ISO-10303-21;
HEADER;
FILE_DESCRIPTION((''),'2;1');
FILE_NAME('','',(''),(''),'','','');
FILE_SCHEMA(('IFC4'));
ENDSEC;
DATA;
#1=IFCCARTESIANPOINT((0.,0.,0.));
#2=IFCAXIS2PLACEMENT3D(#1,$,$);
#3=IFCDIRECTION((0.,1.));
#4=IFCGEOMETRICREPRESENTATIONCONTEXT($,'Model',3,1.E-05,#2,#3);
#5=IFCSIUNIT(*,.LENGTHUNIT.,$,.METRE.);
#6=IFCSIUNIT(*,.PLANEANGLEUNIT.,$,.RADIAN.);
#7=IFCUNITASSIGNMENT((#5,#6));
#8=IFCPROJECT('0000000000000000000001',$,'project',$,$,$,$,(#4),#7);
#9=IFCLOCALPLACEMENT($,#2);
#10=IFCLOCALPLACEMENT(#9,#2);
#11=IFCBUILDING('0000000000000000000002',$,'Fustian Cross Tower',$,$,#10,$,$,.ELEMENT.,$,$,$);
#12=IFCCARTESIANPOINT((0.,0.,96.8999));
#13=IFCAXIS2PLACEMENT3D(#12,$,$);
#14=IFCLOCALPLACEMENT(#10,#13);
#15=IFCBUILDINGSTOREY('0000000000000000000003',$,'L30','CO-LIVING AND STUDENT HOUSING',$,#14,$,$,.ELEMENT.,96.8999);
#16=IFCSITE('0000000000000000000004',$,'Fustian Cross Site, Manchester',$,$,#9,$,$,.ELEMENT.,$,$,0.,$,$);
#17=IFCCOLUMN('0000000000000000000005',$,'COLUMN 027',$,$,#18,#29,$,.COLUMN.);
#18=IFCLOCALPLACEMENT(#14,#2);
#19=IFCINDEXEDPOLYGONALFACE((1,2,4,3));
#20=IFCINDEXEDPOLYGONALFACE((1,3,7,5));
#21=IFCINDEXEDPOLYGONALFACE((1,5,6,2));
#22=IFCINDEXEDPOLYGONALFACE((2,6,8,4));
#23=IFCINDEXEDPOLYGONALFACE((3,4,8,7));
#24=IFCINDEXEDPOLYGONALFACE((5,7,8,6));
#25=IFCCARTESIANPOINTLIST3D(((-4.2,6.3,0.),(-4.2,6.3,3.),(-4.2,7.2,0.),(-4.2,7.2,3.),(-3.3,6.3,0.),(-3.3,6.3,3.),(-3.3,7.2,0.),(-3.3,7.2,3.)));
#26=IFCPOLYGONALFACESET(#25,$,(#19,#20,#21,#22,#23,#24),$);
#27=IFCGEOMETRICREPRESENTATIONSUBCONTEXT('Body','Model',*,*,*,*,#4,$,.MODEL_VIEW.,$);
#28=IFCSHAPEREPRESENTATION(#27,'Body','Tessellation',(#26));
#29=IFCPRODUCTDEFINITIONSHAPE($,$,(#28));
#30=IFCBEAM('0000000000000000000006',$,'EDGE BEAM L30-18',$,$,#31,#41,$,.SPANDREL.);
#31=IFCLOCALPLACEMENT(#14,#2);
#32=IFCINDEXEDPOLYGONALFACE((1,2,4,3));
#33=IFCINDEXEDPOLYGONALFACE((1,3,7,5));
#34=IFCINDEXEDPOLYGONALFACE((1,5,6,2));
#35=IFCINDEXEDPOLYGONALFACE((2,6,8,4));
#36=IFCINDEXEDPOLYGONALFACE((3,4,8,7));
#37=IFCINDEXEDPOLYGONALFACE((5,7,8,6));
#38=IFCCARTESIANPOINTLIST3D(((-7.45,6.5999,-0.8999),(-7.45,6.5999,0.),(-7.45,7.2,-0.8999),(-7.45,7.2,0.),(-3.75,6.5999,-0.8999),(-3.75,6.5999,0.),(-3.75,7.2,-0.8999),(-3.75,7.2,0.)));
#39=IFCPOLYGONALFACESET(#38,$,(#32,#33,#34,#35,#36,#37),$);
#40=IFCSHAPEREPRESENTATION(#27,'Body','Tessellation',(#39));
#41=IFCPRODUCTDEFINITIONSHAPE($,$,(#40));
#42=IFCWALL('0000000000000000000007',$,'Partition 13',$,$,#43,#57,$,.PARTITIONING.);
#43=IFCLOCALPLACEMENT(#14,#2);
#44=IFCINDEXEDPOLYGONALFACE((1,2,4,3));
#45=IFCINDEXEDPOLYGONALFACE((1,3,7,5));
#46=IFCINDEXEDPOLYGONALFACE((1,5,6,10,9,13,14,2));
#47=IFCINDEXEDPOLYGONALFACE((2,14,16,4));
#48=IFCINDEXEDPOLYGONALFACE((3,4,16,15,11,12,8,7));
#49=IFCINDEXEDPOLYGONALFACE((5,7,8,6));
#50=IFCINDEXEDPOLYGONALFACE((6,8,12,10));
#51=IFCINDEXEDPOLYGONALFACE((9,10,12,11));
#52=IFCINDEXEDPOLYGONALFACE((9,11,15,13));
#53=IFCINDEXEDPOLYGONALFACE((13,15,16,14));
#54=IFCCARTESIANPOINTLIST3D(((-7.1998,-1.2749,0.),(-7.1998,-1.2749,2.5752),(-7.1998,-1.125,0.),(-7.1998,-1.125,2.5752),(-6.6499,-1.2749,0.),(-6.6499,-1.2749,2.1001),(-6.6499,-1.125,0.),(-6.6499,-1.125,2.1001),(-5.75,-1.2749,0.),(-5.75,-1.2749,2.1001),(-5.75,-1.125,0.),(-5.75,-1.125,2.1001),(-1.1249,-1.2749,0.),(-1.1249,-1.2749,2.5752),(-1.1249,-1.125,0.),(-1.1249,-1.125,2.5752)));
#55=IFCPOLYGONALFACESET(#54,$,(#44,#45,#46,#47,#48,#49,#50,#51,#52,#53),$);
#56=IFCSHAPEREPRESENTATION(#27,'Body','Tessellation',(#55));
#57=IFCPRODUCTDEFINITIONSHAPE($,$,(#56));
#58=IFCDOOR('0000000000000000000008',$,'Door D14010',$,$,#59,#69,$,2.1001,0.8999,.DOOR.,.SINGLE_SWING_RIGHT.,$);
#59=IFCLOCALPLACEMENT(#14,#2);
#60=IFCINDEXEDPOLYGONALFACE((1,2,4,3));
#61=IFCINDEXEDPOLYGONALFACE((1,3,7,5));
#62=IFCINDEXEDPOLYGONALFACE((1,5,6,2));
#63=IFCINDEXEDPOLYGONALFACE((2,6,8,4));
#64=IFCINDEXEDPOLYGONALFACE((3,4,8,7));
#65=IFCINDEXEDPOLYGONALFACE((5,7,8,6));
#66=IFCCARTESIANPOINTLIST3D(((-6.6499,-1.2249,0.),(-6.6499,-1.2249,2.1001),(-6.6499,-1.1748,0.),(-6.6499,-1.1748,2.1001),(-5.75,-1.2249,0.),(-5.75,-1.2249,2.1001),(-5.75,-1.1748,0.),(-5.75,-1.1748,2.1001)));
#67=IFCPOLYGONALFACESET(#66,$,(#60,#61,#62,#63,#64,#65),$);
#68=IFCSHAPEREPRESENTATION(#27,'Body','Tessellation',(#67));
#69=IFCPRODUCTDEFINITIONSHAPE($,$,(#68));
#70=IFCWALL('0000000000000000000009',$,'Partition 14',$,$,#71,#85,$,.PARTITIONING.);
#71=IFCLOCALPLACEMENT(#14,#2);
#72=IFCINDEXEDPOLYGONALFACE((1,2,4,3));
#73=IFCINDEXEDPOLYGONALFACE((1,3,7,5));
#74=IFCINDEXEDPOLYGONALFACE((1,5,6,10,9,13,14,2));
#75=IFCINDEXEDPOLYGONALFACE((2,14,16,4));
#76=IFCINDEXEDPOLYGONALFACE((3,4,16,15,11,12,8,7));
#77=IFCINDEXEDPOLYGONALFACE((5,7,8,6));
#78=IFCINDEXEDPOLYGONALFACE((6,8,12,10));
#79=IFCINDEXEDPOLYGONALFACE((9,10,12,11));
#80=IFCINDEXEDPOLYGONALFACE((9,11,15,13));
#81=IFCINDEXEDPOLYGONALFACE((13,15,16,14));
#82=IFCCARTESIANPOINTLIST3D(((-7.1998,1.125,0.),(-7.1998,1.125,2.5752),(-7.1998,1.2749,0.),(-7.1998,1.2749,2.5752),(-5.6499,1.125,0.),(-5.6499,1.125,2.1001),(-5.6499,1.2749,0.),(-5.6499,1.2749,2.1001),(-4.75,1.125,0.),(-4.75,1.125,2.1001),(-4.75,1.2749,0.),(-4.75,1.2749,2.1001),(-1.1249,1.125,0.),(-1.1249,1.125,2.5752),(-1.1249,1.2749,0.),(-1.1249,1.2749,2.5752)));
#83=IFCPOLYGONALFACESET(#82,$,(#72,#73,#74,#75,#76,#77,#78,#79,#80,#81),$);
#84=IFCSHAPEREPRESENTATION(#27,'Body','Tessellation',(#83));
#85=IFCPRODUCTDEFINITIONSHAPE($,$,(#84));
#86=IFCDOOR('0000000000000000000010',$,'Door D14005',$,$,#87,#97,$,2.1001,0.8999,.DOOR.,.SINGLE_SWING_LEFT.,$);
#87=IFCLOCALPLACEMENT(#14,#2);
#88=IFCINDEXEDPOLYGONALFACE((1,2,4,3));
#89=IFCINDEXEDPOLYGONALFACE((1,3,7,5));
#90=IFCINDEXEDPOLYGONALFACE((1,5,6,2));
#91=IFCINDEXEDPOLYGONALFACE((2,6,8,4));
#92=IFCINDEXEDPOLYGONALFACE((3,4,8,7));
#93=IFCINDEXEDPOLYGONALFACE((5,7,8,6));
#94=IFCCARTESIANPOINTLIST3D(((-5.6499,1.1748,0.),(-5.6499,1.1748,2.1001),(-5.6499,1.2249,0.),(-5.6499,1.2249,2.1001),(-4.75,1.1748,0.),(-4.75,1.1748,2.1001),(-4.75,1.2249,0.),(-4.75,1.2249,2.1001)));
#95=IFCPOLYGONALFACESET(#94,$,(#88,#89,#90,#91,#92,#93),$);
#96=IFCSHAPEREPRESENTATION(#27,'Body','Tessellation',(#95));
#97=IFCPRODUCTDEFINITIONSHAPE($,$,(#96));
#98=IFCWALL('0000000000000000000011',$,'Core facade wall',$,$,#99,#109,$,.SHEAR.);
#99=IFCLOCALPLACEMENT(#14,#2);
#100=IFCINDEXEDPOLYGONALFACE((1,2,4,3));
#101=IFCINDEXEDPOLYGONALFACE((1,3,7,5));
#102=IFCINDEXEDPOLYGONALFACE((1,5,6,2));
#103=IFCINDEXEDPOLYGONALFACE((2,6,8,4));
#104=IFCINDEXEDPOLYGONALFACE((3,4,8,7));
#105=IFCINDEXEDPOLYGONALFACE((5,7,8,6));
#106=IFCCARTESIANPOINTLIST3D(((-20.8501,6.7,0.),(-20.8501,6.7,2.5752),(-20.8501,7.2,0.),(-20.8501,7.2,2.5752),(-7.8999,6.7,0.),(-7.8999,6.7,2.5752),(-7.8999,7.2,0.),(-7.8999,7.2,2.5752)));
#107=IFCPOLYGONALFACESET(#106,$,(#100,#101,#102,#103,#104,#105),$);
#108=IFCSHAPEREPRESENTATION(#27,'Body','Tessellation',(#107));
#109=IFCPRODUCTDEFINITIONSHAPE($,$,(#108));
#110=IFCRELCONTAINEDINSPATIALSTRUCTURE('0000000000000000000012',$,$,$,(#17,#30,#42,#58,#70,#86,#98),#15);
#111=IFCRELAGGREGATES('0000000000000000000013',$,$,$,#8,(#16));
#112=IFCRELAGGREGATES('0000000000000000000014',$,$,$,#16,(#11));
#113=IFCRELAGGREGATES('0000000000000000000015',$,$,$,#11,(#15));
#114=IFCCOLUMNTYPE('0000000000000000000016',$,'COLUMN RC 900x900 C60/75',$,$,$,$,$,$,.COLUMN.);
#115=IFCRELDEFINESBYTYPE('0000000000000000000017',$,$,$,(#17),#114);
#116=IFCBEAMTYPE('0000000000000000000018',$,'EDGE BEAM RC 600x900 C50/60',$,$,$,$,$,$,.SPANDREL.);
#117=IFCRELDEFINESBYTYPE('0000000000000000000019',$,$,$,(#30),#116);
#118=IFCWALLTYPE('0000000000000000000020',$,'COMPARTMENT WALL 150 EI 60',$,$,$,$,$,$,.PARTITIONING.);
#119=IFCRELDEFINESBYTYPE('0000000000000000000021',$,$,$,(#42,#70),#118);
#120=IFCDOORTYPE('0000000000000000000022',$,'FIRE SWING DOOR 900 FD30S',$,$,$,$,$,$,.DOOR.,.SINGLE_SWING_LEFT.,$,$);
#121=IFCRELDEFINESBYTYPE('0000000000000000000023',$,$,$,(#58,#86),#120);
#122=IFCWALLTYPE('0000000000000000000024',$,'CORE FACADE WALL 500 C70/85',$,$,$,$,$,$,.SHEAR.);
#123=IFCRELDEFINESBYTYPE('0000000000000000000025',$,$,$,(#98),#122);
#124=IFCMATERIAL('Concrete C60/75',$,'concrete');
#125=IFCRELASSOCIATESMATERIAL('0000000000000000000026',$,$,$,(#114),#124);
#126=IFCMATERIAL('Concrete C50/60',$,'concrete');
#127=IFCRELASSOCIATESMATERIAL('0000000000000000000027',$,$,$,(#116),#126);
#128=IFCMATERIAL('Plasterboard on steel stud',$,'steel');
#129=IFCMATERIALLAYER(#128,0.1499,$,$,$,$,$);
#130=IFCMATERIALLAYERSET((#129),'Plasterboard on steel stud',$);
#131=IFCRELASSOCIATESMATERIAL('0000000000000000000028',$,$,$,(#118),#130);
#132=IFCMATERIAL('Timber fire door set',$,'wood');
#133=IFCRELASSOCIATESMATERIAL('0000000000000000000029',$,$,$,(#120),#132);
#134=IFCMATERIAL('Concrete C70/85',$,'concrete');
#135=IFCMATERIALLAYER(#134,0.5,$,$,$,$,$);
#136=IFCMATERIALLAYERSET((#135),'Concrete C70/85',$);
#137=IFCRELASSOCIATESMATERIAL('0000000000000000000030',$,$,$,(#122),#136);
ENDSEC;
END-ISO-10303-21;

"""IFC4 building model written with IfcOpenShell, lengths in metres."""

from ifc_helpers import new_model, si_unit, direction, frame, frame_2d, origin, origin_2d, place, context, subcontext, project, spatial, rectangle, extrude, material, layer, layer_set, material_profile, profile_set, type_object, element, fill, save


model = new_model("IFC4")

# Units and contexts
model_context = context("Model", 3, precision=1e-05, world=origin(), true_north=direction((0.0, 1.0)))
body_context = subcontext(model_context, "Body", "Model", "MODEL_VIEW")
ifc_project = project(units=[si_unit("LENGTHUNIT", "METRE"), si_unit("PLANEANGLEUNIT", "RADIAN")], contexts=[model_context])

# Site, building, storey
site_placement = place(None, origin())
site = spatial("IfcSite", under=ifc_project, at=site_placement, Name="Fustian Cross Site, Manchester", CompositionType="ELEMENT", RefElevation=0.0)
building_placement = place(site_placement, origin())
building = spatial("IfcBuilding", under=site, at=building_placement, Name="Fustian Cross Tower", CompositionType="ELEMENT")
storey_placement = place(building_placement, frame((0.0, 0.0, 96.8999)))
storey = spatial("IfcBuildingStorey", under=building, at=storey_placement, Name="L30", Description="CO-LIVING AND STUDENT HOUSING", CompositionType="ELEMENT", Elevation=96.8999)

# Column
ifc_material_1 = material(Name="Concrete C60/75", Category="concrete")
ifc_material_profile_1 = material_profile(ifc_material_1, rectangle(XDim=0.8999, YDim=0.8999, at=origin_2d()), Name="RC 900x900")
ifc_profile_set_1 = profile_set([ifc_material_profile_1], Name="Concrete C60/75")
column_type = type_object("IfcColumnType", Name="COLUMN RC 900x900 C60/75", PredefinedType="COLUMN", material=ifc_profile_set_1)
column_placement = place(storey_placement, frame((-3.75, 6.75, 0.0), z_axis=(0.0, 0.0, 1.0), x_axis=(1.0, 0.0, 0.0)))
element("IfcColumn", 1, at=column_placement, inside=storey, type_object=column_type, Name="COLUMN 027", PredefinedType="COLUMN", context=body_context, shape_type="SweptSolid", body=[
    extrude(rectangle(XDim=0.8999, YDim=0.8999, at=origin_2d()), origin(), (0.0, 0.0, 1.0), 3.0),
])

# Beam
ifc_material_2 = material(Name="Concrete C50/60", Category="concrete")
ifc_material_profile_2 = material_profile(ifc_material_2, rectangle(XDim=0.6001, YDim=0.8999, at=origin_2d()), Name="RC 600x900")
ifc_profile_set_2 = profile_set([ifc_material_profile_2], Name="Concrete C50/60")
beam_type = type_object("IfcBeamType", Name="EDGE BEAM RC 600x900 C50/60", PredefinedType="SPANDREL", material=ifc_profile_set_2)
beam_placement = place(storey_placement, frame((-3.75, 6.8999, -0.45), z_axis=(-1.0, 0.0, 0.0), x_axis=(0.0, -1.0, 0.0)))
element("IfcBeam", 2, at=beam_placement, inside=storey, type_object=beam_type, Name="EDGE BEAM L30-18", PredefinedType="SPANDREL", context=body_context, shape_type="SweptSolid", body=[
    extrude(rectangle(XDim=0.6001, YDim=0.8999, at=origin_2d()), origin(), (0.0, 0.0, 1.0), 3.7),
])

# Walls, openings, doors
ifc_material_3 = material(Name="Plasterboard on steel stud", Category="steel")
ifc_layer_1 = layer(ifc_material_3, 0.1499)
ifc_layer_set_1 = layer_set([ifc_layer_1], Name="Plasterboard on steel stud")
wall_type_1 = type_object("IfcWallType", Name="COMPARTMENT WALL 150 EI 60", PredefinedType="PARTITIONING", material=ifc_layer_set_1)
wall_1_placement = place(storey_placement, frame((-7.2, -1.2, 0.0), z_axis=(0.0, 0.0, 1.0), x_axis=(1.0, 0.0, 0.0)))
wall_1 = element("IfcWall", 3, at=wall_1_placement, inside=storey, type_object=wall_type_1, Name="Partition 13", PredefinedType="PARTITIONING", context=body_context, shape_type="SweptSolid", body=[
    extrude(rectangle(XDim=6.075, YDim=0.1499, at=frame_2d((3.0376, 0.0))), origin(), (0.0, 0.0, 1.0), 2.5752),
])
opening_1_placement = place(wall_1_placement, frame((0.55, 0.0, 0.0)))
opening_1 = element("IfcOpeningElement", 4, at=opening_1_placement, cuts=wall_1, PredefinedType="OPENING", context=body_context, shape_type="SweptSolid", body=[
    extrude(rectangle(XDim=0.8999, YDim=2.1001, at=frame_2d((0.45, 1.05))), frame((0.0, 0.085, 0.0), z_axis=(0.0, -1.0, 0.0), x_axis=(1.0, 0.0, 0.0)), (0.0, 0.0, 1.0), 0.1699),
])
ifc_material_4 = material(Name="Timber fire door set", Category="wood")
door_type_1 = type_object("IfcDoorType", Name="FIRE SWING DOOR 900 FD30S", OperationType="SINGLE_SWING_LEFT", PredefinedType="DOOR", material=ifc_material_4)
door_1_placement = place(opening_1_placement, frame((0.8999, 0.0, 0.0), z_axis=(0.0, 0.0, 1.0), x_axis=(-1.0, 0.0, 0.0)))
door_1 = element("IfcDoor", 5, at=door_1_placement, inside=storey, type_object=door_type_1, Name="Door D14010", OperationType="SINGLE_SWING_RIGHT", OverallHeight=2.1001, OverallWidth=0.8999, PredefinedType="DOOR", context=body_context, shape_type="SweptSolid", body=[
    extrude(rectangle(XDim=0.8999, YDim=2.1001, at=frame_2d((0.45, 1.05))), frame((0.0, 0.0249, 0.0), z_axis=(0.0, -1.0, 0.0), x_axis=(1.0, 0.0, 0.0)), (0.0, 0.0, 1.0), 0.05),
])
fill(opening_1, door_1)
wall_2_placement = place(storey_placement, frame((-7.2, 1.2, 0.0), z_axis=(0.0, 0.0, 1.0), x_axis=(1.0, 0.0, 0.0)))
wall_2 = element("IfcWall", 6, at=wall_2_placement, inside=storey, type_object=wall_type_1, Name="Partition 14", PredefinedType="PARTITIONING", context=body_context, shape_type="SweptSolid", body=[
    extrude(rectangle(XDim=6.075, YDim=0.1499, at=frame_2d((3.0376, 0.0))), origin(), (0.0, 0.0, 1.0), 2.5752),
])
opening_2_placement = place(wall_2_placement, frame((1.55, 0.0, 0.0)))
opening_2 = element("IfcOpeningElement", 7, at=opening_2_placement, cuts=wall_2, PredefinedType="OPENING", context=body_context, shape_type="SweptSolid", body=[
    extrude(rectangle(XDim=0.8999, YDim=2.1001, at=frame_2d((0.45, 1.05))), frame((0.0, 0.085, 0.0), z_axis=(0.0, -1.0, 0.0), x_axis=(1.0, 0.0, 0.0)), (0.0, 0.0, 1.0), 0.1699),
])
door_2_placement = place(opening_2_placement, origin())
door_2 = element("IfcDoor", 8, at=door_2_placement, inside=storey, type_object=door_type_1, Name="Door D14005", OperationType="SINGLE_SWING_LEFT", OverallHeight=2.1001, OverallWidth=0.8999, PredefinedType="DOOR", context=body_context, shape_type="SweptSolid", body=[
    extrude(rectangle(XDim=0.8999, YDim=2.1001, at=frame_2d((0.45, 1.05))), frame((0.0, 0.0249, 0.0), z_axis=(0.0, -1.0, 0.0), x_axis=(1.0, 0.0, 0.0)), (0.0, 0.0, 1.0), 0.05),
])
fill(opening_2, door_2)

# Wall
ifc_material_5 = material(Name="Concrete C70/85", Category="concrete")
ifc_layer_2 = layer(ifc_material_5, 0.5)
ifc_layer_set_2 = layer_set([ifc_layer_2], Name="Concrete C70/85")
wall_type_2 = type_object("IfcWallType", Name="CORE FACADE WALL 500 C70/85", PredefinedType="SHEAR", material=ifc_layer_set_2)
wall_3_placement = place(storey_placement, frame((-7.8999, 6.95, 0.0), z_axis=(0.0, 0.0, 1.0), x_axis=(-1.0, 0.0, 0.0)))
element("IfcWall", 9, at=wall_3_placement, inside=storey, type_object=wall_type_2, Name="Core facade wall", PredefinedType="SHEAR", context=body_context, shape_type="SweptSolid", body=[
    extrude(rectangle(XDim=12.9502, YDim=0.5, at=frame_2d((6.4751, 0.0))), origin(), (0.0, 0.0, 1.0), 2.5752),
])

save(model, "model.ifc")
